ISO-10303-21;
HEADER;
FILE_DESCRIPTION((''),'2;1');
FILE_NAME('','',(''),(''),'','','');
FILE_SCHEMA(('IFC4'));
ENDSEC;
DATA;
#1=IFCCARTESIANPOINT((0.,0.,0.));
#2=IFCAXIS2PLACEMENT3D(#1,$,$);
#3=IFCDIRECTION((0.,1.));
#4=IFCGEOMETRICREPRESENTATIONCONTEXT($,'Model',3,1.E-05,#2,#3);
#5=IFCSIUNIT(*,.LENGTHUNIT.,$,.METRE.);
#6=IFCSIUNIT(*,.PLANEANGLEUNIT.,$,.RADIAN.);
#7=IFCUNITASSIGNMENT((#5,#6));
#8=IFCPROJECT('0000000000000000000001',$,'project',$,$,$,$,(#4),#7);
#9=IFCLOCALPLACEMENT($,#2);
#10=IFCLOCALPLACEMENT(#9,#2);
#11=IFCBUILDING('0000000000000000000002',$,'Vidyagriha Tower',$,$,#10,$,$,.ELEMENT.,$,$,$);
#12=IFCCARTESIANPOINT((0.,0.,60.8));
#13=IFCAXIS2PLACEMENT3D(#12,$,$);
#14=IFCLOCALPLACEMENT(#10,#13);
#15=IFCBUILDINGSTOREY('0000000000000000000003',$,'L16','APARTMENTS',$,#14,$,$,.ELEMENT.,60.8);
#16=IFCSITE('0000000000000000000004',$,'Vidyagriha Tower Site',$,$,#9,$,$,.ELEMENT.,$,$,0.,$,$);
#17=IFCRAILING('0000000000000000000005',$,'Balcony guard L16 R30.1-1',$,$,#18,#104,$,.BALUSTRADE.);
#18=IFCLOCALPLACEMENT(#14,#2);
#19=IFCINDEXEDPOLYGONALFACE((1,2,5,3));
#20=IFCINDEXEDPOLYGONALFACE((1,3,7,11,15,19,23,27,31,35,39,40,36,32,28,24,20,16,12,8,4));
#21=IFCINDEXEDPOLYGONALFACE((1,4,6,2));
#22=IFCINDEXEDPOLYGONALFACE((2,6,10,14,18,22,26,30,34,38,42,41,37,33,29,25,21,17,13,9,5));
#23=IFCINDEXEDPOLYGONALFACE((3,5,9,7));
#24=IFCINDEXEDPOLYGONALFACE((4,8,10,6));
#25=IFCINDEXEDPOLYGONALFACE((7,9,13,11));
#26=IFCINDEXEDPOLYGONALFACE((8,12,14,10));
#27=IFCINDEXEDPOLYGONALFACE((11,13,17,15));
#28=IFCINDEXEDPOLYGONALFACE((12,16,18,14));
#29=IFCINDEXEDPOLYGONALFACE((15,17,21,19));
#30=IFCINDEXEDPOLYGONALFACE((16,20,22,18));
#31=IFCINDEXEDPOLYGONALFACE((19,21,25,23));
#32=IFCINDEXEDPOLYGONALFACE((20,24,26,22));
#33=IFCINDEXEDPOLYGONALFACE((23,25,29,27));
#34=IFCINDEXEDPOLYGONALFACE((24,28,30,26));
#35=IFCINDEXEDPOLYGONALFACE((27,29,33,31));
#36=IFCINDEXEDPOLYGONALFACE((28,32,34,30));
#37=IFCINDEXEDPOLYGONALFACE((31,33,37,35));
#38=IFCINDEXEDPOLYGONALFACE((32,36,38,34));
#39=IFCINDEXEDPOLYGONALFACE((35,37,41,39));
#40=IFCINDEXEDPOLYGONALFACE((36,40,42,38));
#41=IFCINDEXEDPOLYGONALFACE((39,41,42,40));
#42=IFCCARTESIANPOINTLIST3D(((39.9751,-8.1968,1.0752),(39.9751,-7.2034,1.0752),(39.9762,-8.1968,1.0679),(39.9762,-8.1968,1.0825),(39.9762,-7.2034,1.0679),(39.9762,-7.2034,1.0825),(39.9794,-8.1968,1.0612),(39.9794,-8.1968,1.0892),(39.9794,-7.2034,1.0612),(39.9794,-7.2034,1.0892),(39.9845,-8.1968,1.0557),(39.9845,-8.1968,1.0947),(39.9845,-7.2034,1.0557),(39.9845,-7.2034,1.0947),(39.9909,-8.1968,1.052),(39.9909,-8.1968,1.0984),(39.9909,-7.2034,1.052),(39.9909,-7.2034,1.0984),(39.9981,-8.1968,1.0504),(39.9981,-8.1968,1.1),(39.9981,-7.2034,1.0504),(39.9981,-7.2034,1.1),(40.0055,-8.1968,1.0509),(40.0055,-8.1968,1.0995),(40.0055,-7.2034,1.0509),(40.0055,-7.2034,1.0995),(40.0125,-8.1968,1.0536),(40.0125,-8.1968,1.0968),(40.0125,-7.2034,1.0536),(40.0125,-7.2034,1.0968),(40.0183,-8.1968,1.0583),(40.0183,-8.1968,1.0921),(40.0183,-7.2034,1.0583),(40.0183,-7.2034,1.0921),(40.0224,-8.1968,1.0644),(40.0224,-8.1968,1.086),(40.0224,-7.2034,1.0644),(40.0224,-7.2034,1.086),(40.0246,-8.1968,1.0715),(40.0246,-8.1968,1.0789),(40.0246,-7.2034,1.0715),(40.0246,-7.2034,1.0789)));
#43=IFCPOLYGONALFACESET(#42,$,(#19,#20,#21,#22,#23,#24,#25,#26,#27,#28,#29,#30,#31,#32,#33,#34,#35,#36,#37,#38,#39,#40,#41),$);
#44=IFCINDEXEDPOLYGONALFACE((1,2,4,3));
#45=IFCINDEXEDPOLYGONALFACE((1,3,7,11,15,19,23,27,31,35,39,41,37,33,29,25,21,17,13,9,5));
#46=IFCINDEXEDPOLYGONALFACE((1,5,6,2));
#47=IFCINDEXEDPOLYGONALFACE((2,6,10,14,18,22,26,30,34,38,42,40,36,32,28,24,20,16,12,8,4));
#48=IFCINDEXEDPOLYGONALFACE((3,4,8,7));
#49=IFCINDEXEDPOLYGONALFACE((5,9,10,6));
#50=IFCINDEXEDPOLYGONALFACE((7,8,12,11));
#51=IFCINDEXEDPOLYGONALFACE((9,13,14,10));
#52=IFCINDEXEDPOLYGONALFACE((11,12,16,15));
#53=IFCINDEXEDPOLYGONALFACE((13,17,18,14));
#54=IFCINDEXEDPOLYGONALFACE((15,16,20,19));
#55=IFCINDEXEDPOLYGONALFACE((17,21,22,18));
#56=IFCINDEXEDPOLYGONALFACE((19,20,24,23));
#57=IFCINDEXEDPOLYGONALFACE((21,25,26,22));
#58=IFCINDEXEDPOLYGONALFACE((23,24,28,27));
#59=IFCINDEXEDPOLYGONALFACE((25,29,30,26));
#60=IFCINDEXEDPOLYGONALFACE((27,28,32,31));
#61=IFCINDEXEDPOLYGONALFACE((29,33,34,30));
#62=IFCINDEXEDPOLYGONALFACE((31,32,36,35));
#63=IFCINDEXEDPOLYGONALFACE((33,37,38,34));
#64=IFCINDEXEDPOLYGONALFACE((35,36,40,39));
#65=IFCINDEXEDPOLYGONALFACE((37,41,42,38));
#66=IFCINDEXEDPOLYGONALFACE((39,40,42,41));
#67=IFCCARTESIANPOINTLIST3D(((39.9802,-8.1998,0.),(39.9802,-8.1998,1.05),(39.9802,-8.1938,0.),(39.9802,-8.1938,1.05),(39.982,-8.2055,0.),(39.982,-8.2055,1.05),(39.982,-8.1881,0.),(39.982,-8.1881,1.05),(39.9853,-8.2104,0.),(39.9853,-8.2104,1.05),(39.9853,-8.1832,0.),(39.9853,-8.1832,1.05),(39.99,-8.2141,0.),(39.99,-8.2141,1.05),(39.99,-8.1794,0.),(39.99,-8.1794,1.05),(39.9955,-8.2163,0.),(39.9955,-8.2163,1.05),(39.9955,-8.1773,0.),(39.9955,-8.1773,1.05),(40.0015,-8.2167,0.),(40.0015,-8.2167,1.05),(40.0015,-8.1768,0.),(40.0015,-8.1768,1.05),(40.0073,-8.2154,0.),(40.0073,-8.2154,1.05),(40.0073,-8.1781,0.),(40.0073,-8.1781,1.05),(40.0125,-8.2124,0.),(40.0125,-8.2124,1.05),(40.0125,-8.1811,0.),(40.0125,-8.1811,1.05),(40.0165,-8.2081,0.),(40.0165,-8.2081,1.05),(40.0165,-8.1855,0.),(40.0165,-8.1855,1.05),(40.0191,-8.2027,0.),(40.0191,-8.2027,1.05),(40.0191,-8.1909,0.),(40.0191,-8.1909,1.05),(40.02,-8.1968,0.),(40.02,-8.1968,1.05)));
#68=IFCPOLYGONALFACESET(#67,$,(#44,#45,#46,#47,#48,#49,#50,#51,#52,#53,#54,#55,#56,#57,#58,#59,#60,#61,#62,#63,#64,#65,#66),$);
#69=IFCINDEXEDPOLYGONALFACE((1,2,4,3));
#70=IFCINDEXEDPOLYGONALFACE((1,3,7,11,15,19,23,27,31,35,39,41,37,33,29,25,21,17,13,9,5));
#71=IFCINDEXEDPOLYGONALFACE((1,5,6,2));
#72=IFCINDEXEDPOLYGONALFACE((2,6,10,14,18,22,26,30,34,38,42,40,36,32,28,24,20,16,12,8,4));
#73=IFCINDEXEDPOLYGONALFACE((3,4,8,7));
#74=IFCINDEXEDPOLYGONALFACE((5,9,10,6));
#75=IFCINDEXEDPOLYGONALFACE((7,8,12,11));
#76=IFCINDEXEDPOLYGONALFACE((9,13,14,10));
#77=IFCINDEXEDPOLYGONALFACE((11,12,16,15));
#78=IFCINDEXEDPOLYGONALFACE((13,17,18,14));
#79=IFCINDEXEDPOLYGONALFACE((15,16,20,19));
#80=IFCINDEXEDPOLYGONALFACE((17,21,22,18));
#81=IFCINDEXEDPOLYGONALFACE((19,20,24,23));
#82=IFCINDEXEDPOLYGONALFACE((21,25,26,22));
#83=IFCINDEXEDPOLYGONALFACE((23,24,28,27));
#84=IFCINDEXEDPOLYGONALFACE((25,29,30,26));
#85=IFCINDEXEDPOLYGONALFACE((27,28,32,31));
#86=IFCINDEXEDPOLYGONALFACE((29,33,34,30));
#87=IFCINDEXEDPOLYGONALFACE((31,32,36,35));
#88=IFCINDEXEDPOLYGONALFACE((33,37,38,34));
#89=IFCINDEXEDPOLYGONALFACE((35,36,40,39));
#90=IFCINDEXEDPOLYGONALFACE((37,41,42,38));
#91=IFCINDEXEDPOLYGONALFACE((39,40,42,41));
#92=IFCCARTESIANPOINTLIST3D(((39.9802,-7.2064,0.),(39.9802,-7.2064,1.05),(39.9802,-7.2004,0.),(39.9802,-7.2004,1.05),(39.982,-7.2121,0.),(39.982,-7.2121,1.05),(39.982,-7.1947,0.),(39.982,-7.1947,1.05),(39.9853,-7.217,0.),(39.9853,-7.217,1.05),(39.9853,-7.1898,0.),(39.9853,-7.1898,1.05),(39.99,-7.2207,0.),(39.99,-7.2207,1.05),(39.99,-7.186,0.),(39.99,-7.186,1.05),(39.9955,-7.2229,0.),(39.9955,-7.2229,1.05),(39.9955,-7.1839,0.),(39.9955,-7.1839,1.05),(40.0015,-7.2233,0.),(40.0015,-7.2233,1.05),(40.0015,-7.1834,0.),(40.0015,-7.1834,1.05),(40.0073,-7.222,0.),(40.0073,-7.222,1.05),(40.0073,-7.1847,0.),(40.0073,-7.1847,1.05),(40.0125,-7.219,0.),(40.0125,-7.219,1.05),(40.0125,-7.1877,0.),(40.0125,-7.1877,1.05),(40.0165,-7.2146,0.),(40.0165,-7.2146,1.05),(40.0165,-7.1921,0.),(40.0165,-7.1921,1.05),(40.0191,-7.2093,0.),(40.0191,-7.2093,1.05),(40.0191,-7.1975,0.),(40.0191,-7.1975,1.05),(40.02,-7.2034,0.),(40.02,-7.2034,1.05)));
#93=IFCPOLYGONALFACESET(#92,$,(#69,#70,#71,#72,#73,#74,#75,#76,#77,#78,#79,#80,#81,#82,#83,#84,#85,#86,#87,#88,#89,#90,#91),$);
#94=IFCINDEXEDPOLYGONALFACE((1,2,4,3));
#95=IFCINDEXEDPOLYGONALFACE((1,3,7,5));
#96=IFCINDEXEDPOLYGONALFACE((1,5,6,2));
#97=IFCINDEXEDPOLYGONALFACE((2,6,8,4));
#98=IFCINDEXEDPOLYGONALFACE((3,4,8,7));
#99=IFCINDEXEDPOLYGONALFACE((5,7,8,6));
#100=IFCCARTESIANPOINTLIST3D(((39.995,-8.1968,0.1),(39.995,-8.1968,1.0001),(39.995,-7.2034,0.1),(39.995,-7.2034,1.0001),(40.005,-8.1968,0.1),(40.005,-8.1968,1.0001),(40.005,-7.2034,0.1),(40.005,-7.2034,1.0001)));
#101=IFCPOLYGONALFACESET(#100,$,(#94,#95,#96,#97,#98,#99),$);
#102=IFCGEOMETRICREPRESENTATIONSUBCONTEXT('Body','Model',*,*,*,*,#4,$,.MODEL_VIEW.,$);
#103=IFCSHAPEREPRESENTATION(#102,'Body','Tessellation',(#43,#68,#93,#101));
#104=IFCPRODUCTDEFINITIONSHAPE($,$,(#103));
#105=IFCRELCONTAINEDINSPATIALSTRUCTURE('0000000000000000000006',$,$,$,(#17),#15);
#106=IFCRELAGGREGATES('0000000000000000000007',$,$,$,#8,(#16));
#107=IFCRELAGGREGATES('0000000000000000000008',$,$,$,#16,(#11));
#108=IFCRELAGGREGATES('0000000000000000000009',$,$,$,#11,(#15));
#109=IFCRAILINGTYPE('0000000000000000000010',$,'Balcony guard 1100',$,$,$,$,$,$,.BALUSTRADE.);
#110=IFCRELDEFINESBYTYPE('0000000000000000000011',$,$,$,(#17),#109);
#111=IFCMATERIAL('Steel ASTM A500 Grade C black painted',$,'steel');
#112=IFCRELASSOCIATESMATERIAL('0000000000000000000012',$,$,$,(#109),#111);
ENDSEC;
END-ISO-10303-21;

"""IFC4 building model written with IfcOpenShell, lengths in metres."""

from ifc_helpers import new_model, si_unit, direction, frame, origin, origin_2d, place, context, subcontext, project, spatial, rectangle, circle, extrude, material, type_object, element, save


model = new_model("IFC4")

# Units and contexts
model_context = context("Model", 3, precision=1e-05, world=origin(), true_north=direction((0.0, 1.0)))
body_context = subcontext(model_context, "Body", "Model", "MODEL_VIEW")
ifc_project = project(units=[si_unit("LENGTHUNIT", "METRE"), si_unit("PLANEANGLEUNIT", "RADIAN")], contexts=[model_context])

# Site, building, storey
site_placement = place(None, origin())
site = spatial("IfcSite", under=ifc_project, at=site_placement, Name="Vidyagriha Tower Site", CompositionType="ELEMENT", RefElevation=0.0)
building_placement = place(site_placement, origin())
building = spatial("IfcBuilding", under=site, at=building_placement, Name="Vidyagriha Tower", CompositionType="ELEMENT")
storey_placement = place(building_placement, frame((0.0, 0.0, 60.8)))
storey = spatial("IfcBuildingStorey", under=building, at=storey_placement, Name="L16", Description="APARTMENTS", CompositionType="ELEMENT", Elevation=60.8)

# Railing
ifc_material_1 = material(Name="Steel ASTM A500 Grade C black painted", Category="steel")
railing_type = type_object("IfcRailingType", Name="Balcony guard 1100", PredefinedType="BALUSTRADE", material=ifc_material_1)
railing_1_placement = place(storey_placement, frame((40.0, -8.1968, 0.0)))
element("IfcRailing", 1, at=railing_1_placement, inside=storey, type_object=railing_type, Name="Balcony guard L16 R30.1-1", PredefinedType="BALUSTRADE", context=body_context, shape_type="SweptSolid", body=[
    extrude(circle(Radius=0.0249, at=origin_2d()), frame((0.0, 0.0, 1.0752), z_axis=(0.0, 1.0, 0.0), x_axis=(-1.0, 0.0, 0.0)), (0.0, 0.0, 1.0), 0.9934),
    extrude(circle(Radius=0.02, at=origin_2d()), origin(), (0.0, 0.0, 1.0), 1.05),
    extrude(circle(Radius=0.02, at=origin_2d()), frame((0.0, 0.9934, 0.0)), (0.0, 0.0, 1.0), 1.05),
    extrude(rectangle(XDim=0.01, YDim=0.9001, at=origin_2d()), frame((0.0, 0.0, 0.55), z_axis=(0.0, 1.0, 0.0), x_axis=(-1.0, 0.0, 0.0)), (0.0, 0.0, 1.0), 0.9934),
])

save(model, "model.ifc")
